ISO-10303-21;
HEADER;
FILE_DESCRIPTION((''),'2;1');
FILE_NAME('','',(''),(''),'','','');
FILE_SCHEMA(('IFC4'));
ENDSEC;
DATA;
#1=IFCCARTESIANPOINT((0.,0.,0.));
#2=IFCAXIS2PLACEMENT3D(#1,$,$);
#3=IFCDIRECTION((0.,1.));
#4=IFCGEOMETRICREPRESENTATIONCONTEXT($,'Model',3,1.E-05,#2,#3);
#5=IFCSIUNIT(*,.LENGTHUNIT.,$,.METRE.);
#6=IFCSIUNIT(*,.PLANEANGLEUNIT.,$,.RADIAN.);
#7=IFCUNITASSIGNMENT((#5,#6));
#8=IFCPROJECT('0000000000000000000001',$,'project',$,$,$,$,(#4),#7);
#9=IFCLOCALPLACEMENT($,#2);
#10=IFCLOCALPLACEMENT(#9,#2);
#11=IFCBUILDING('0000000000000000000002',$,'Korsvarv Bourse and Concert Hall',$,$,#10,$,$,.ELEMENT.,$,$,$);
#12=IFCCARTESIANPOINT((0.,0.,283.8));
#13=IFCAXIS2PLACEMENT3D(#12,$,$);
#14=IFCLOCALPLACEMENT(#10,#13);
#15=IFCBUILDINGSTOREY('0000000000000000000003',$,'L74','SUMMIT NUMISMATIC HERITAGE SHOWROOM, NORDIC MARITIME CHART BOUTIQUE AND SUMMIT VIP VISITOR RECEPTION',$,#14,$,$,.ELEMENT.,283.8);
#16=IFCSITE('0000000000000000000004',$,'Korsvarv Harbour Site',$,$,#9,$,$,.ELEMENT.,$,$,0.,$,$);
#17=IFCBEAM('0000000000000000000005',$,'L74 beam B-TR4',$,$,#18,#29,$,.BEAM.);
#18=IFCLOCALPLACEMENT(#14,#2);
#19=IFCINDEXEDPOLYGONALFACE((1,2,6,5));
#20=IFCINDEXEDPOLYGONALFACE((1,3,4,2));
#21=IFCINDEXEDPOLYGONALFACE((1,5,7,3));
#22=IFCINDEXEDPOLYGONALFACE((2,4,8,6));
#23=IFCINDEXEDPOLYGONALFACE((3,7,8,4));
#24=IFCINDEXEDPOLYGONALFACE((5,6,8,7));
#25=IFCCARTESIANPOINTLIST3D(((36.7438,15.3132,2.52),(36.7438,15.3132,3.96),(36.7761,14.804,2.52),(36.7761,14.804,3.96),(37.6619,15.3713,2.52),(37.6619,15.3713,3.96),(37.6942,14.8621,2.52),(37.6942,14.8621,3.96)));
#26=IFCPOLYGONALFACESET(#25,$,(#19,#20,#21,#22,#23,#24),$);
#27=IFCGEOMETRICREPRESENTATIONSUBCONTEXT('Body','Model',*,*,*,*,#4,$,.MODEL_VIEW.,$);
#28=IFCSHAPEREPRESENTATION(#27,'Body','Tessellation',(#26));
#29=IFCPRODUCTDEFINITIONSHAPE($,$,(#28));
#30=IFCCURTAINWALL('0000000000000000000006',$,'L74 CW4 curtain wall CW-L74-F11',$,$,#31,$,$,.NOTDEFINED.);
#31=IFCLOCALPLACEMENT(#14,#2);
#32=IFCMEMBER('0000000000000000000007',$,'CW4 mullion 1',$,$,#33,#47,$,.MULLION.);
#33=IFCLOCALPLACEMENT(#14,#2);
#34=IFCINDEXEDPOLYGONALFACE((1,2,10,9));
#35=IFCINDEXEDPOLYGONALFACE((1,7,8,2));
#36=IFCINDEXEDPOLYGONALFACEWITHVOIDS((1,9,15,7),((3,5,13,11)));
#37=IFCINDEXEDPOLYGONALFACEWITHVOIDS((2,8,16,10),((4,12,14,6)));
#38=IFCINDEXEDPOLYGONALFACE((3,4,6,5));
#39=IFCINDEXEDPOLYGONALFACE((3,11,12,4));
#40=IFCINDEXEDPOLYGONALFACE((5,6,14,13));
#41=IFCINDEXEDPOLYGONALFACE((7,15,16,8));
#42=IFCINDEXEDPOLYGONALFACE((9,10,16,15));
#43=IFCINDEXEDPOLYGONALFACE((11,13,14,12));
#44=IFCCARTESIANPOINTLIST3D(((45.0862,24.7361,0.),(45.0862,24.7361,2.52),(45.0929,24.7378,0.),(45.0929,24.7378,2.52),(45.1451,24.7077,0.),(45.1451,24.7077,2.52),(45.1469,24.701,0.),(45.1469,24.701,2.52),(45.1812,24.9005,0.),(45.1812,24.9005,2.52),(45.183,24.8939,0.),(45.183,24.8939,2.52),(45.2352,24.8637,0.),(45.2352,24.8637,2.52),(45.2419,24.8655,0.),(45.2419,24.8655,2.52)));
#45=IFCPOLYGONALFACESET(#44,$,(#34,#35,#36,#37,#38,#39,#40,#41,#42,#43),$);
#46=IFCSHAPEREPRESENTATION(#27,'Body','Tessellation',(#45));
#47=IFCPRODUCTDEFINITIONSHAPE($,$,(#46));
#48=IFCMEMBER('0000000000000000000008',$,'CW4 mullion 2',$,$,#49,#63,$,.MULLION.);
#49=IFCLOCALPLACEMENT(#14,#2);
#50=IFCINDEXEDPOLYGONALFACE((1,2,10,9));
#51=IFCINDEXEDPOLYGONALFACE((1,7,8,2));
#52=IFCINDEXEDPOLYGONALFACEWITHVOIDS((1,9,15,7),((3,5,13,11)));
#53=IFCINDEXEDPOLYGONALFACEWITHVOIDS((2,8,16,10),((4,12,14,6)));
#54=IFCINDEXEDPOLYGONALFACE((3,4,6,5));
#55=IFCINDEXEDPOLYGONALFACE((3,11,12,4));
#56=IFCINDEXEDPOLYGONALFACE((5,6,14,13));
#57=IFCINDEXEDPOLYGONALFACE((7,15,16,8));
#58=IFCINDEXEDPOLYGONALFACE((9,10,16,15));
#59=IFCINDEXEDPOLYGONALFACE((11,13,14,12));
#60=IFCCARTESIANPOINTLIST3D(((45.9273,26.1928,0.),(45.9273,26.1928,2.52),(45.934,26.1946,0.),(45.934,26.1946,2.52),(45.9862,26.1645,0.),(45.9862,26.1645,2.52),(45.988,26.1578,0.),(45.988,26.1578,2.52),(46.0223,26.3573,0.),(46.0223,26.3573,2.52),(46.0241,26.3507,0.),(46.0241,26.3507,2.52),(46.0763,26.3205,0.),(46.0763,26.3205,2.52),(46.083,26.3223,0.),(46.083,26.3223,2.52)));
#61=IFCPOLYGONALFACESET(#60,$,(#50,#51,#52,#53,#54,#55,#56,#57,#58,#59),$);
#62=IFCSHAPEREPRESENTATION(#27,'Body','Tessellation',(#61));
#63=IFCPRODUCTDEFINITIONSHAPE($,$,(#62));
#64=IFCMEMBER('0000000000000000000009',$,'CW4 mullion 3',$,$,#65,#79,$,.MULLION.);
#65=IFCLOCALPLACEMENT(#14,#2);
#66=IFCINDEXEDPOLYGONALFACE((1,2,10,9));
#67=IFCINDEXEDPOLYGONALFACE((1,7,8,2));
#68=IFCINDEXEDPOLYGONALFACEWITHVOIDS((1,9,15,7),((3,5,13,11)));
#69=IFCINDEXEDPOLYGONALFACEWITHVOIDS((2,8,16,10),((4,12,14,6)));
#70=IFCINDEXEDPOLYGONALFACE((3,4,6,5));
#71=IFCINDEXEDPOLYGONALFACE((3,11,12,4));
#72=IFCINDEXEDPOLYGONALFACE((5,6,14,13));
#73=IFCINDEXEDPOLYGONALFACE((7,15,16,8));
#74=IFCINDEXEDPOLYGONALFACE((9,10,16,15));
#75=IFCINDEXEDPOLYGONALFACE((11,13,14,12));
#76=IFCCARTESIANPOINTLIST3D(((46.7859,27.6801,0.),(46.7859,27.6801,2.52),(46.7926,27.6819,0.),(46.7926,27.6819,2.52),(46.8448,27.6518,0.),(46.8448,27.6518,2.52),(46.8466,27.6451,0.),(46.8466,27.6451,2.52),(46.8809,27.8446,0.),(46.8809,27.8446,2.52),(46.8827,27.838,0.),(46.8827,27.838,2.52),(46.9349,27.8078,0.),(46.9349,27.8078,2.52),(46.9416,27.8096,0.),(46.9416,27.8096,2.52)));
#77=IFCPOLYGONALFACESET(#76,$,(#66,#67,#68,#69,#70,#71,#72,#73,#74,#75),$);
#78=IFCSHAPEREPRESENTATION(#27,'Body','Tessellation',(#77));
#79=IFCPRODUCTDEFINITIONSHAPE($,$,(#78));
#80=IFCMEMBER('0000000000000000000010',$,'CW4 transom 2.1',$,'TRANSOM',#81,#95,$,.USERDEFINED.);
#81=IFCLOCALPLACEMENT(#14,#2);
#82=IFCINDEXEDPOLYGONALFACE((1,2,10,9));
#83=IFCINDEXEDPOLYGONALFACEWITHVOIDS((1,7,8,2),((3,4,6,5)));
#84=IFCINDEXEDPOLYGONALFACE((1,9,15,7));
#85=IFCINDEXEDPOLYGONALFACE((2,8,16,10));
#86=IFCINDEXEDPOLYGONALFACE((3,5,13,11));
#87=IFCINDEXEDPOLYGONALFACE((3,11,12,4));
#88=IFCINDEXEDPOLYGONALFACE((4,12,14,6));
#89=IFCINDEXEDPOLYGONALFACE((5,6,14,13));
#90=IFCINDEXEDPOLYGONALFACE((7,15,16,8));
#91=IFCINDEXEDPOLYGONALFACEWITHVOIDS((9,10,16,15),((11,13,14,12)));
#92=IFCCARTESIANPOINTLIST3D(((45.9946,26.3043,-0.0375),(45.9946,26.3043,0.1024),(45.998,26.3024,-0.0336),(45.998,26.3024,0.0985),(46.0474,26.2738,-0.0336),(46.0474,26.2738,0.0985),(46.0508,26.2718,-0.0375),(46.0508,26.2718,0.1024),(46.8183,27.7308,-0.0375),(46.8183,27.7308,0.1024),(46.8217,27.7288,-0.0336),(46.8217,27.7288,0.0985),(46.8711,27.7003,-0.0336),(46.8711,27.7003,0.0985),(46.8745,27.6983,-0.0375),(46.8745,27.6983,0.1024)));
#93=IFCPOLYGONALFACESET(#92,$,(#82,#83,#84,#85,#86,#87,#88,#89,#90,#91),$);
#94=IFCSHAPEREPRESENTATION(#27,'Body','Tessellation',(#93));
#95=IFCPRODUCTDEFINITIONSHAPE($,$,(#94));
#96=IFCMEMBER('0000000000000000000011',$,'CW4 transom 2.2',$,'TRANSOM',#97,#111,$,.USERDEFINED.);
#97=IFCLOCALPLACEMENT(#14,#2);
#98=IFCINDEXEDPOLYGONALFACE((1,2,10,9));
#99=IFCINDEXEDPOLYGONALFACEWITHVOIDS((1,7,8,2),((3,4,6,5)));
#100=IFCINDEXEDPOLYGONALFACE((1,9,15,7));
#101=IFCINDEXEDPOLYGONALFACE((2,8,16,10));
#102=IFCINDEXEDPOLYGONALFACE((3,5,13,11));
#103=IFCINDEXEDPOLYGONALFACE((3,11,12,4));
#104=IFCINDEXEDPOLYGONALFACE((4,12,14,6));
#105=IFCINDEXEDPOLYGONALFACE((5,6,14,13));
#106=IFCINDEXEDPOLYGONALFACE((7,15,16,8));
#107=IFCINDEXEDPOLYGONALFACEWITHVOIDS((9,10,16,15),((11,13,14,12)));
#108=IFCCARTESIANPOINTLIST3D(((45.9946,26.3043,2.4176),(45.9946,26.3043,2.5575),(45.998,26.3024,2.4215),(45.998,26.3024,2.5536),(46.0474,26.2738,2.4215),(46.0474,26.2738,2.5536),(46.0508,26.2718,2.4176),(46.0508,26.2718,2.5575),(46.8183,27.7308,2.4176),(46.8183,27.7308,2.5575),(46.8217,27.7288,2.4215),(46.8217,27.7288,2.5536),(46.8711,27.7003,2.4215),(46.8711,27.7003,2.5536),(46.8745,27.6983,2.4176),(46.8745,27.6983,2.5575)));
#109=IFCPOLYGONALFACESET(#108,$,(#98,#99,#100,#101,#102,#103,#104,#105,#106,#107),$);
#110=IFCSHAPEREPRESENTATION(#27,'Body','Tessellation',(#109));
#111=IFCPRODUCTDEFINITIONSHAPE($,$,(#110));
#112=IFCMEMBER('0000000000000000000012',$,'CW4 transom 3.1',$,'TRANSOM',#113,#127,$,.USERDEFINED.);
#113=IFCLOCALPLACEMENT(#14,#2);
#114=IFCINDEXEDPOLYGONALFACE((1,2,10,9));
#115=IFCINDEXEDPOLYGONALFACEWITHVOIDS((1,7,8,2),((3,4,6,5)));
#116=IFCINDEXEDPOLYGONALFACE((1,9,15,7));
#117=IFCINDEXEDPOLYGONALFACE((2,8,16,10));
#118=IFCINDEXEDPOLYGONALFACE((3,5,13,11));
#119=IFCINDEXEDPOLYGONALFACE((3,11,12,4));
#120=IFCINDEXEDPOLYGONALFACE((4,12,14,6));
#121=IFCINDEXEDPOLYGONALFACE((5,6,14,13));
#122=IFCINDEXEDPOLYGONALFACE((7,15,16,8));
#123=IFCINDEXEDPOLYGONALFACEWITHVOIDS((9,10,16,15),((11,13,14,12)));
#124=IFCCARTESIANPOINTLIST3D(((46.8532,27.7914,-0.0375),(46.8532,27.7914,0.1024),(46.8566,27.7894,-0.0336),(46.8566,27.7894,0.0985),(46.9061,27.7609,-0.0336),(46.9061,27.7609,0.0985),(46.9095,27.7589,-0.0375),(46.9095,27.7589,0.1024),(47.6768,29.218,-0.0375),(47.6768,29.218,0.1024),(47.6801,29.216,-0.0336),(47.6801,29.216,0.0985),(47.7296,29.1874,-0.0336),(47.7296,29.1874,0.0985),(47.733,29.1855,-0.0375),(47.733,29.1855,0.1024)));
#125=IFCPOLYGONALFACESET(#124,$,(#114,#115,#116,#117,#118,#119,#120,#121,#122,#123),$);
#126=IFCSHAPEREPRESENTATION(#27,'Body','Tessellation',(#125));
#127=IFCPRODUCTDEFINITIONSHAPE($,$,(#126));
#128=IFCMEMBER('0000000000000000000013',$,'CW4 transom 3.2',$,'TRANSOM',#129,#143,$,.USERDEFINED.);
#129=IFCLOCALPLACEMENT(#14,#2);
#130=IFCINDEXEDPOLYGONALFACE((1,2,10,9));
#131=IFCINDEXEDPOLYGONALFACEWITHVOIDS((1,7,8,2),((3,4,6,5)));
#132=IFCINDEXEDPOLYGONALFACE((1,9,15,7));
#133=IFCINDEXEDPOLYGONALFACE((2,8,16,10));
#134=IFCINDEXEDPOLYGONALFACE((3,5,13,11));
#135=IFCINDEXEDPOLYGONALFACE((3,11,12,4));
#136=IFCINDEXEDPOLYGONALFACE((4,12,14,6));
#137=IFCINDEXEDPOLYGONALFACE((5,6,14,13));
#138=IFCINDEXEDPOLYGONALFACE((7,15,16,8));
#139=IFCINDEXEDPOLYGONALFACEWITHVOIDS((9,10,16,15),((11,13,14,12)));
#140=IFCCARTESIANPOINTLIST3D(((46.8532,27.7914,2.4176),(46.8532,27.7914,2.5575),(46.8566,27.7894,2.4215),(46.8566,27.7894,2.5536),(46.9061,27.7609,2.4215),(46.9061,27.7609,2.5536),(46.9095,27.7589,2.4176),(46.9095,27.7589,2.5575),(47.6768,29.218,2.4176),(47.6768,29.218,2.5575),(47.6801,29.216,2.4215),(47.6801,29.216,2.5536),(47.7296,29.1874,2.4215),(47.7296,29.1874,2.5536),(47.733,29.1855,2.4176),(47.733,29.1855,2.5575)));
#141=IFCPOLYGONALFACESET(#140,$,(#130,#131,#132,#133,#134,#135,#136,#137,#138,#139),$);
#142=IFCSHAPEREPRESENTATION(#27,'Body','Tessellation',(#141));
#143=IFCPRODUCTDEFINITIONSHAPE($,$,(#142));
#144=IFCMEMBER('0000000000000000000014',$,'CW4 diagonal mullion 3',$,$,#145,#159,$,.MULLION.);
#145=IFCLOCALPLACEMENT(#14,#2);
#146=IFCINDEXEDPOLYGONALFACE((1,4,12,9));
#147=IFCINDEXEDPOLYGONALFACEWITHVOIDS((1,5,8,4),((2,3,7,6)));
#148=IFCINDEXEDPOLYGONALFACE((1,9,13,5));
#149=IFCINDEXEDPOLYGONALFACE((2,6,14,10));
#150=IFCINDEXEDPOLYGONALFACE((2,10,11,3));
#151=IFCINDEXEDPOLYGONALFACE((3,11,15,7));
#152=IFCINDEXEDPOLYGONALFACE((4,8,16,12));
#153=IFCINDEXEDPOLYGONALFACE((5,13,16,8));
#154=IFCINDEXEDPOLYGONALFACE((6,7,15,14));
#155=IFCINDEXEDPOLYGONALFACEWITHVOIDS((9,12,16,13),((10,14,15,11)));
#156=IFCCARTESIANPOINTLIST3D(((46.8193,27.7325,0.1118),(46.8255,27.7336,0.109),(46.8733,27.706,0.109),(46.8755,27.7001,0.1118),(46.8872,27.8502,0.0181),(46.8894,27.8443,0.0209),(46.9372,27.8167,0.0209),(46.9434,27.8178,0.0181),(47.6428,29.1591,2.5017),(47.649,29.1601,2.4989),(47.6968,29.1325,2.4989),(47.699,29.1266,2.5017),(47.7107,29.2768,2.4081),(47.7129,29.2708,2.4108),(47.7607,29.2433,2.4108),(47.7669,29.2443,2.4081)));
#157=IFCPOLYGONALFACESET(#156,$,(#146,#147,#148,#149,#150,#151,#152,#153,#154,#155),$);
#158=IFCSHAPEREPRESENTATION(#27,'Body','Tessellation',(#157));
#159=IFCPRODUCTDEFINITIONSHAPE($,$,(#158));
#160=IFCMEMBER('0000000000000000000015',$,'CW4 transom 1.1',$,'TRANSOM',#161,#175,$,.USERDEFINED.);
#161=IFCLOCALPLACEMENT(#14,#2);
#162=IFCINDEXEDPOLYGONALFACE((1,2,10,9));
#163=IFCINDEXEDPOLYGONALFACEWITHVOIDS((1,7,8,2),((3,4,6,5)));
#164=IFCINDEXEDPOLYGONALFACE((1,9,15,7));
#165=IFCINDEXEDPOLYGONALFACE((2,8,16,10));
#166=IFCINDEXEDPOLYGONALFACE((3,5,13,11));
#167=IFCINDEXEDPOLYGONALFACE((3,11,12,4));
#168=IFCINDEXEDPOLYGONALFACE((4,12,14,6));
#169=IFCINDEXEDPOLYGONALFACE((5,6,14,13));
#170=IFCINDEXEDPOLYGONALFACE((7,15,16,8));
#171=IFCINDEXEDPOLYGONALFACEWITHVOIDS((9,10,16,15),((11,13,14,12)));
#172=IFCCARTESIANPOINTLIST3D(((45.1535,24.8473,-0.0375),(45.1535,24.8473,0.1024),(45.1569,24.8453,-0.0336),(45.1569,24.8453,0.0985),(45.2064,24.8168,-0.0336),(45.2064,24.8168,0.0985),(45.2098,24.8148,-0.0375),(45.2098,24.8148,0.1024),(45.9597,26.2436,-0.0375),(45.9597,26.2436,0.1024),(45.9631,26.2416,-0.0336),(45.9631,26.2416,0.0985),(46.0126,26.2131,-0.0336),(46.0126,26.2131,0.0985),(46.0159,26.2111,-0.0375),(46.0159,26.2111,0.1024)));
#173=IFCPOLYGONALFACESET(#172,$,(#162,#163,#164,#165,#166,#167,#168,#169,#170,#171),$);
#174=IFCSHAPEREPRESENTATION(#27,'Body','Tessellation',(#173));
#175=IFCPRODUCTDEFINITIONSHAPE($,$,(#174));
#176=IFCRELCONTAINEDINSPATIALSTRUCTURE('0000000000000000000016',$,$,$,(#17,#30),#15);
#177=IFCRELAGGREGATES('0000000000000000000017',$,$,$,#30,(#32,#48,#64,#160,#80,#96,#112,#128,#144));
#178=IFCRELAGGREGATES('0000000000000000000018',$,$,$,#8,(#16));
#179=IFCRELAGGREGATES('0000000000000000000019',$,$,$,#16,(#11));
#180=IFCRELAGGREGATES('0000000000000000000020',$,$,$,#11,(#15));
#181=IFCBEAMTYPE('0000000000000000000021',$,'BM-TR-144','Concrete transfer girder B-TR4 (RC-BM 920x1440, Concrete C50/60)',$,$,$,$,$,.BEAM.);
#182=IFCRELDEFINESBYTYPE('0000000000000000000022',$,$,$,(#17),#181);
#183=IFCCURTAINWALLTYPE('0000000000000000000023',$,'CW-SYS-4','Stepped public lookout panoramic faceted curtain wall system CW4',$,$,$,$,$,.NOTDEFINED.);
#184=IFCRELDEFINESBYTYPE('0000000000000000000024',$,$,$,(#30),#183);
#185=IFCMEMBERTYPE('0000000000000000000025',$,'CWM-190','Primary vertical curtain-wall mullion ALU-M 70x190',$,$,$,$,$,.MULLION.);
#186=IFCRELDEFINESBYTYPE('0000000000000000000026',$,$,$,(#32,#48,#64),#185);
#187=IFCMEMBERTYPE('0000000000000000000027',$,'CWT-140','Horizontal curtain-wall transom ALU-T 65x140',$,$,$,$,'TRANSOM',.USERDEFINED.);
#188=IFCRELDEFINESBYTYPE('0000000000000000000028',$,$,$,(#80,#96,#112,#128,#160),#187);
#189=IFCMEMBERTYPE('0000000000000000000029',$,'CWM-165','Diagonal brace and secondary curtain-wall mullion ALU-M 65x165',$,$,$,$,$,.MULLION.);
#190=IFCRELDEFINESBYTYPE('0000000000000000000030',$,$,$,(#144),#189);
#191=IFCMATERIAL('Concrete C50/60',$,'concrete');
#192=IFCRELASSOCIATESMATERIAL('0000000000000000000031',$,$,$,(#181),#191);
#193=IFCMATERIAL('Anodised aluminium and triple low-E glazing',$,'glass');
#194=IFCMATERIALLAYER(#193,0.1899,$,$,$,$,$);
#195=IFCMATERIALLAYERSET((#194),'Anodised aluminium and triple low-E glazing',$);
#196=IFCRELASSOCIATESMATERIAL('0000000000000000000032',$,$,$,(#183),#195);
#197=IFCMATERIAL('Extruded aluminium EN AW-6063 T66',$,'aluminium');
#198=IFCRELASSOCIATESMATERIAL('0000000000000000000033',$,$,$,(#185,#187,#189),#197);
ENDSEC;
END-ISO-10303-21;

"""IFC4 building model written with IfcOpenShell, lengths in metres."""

from ifc_helpers import new_model, si_unit, direction, frame, origin, origin_2d, place, context, subcontext, project, spatial, rectangle, hollow_rectangle, extrude, source, transform, mapped, material, layer, layer_set, material_profile, profile_set, type_object, element, aggregate, save


model = new_model("IFC4")

# Units and contexts
model_context = context("Model", 3, precision=1e-05, world=origin(), true_north=direction((0.0, 1.0)))
body_context = subcontext(model_context, "Body", "Model", "MODEL_VIEW")
ifc_project = project(units=[si_unit("LENGTHUNIT", "METRE"), si_unit("PLANEANGLEUNIT", "RADIAN")], contexts=[model_context])

# Site, building, storey
site_placement = place(None, origin())
site = spatial("IfcSite", under=ifc_project, at=site_placement, Name="Korsvarv Harbour Site", CompositionType="ELEMENT", RefElevation=0.0)
building_placement = place(site_placement, origin())
building = spatial("IfcBuilding", under=site, at=building_placement, Name="Korsvarv Bourse and Concert Hall", CompositionType="ELEMENT")
storey_placement = place(building_placement, frame((0.0, 0.0, 283.8)))
storey = spatial("IfcBuildingStorey", under=building, at=storey_placement, Name="L74", Description="SUMMIT NUMISMATIC HERITAGE SHOWROOM, NORDIC MARITIME CHART BOUTIQUE AND SUMMIT VIP VISITOR RECEPTION", CompositionType="ELEMENT", Elevation=283.8)

# Beam
ifc_material_1 = material(Name="Concrete C50/60", Category="concrete")
ifc_material_profile_1 = material_profile(ifc_material_1, rectangle(XDim=0.9199, YDim=1.4399, at=origin_2d()), Name="RC-BM 920x1440")
ifc_profile_set_1 = profile_set([ifc_material_profile_1], Name="Concrete C50/60")
beam_type = type_object("IfcBeamType", Name="BM-TR-144", Description="Concrete transfer girder B-TR4 (RC-BM 920x1440, Concrete C50/60)", PredefinedType="BEAM", material=ifc_profile_set_1)
shared_shape_1 = source(origin(), body_context, "Body", "SweptSolid", [
    extrude(rectangle(XDim=0.9199, YDim=1.4399, at=origin_2d()), origin(), (0.0, 0.0, 1.0), 0.5103),
])
beam_1_placement = place(storey_placement, frame((37.2351, 14.833, 3.24), z_axis=(-0.063153, 0.998004, 0.0), x_axis=(-0.998004, -0.063153, 0.0)))
element("IfcBeam", 1, at=beam_1_placement, inside=storey, type_object=beam_type, Name="L74 beam B-TR4", PredefinedType="BEAM", context=body_context, shape_type="MappedRepresentation", body=[
    mapped(shared_shape_1, transform((0.0, 0.0, 0.0), scale=1.0)),
])

# Curtain wall, members
ifc_material_2 = material(Name="Anodised aluminium and triple low-E glazing", Category="glass")
ifc_layer_1 = layer(ifc_material_2, 0.1899)
ifc_layer_set_1 = layer_set([ifc_layer_1], Name="Anodised aluminium and triple low-E glazing")
curtain_wall_type = type_object("IfcCurtainWallType", Name="CW-SYS-4", Description="Stepped public lookout panoramic faceted curtain wall system CW4", PredefinedType="NOTDEFINED", material=ifc_layer_set_1)
curtain_wall_placement = place(storey_placement, origin())
curtain_wall = element("IfcCurtainWall", 2, at=curtain_wall_placement, inside=storey, type_object=curtain_wall_type, Name="L74 CW4 curtain wall CW-L74-F11", PredefinedType="NOTDEFINED")
ifc_material_3 = material(Name="Extruded aluminium EN AW-6063 T66", Category="aluminium")
ifc_material_profile_2 = material_profile(ifc_material_3, hollow_rectangle(XDim=0.0701, YDim=0.1899, WallThickness=0.0049, at=origin_2d()), Name="ALU-M 70x190")
ifc_profile_set_2 = profile_set([ifc_material_profile_2], Name="Extruded aluminium EN AW-6063 T66")
member_type_1 = type_object("IfcMemberType", Name="CWM-190", Description="Primary vertical curtain-wall mullion ALU-M 70x190", PredefinedType="MULLION", material=ifc_profile_set_2)
shared_shape_2 = source(origin(), body_context, "Body", "SweptSolid", [
    extrude(hollow_rectangle(XDim=0.0701, YDim=0.1899, WallThickness=0.0049, at=origin_2d()), origin(), (0.0, 0.0, 1.0), 2.52),
])
member_1_placement = place(storey_placement, frame((45.1641, 24.8008, 0.0), z_axis=(0.0, 0.0, 1.0), x_axis=(-0.866028, 0.499996, 0.0)))
member_1 = element("IfcMember", 3, at=member_1_placement, type_object=member_type_1, Name="CW4 mullion 1", PredefinedType="MULLION", context=body_context, shape_type="MappedRepresentation", body=[
    mapped(shared_shape_2, transform((0.0, 0.0, 0.0), scale=1.0)),
])
member_2_placement = place(storey_placement, frame((46.0051, 26.2576, 0.0), z_axis=(0.0, 0.0, 1.0), x_axis=(-0.866028, 0.499996, 0.0)))
member_2 = element("IfcMember", 4, at=member_2_placement, type_object=member_type_1, Name="CW4 mullion 2", PredefinedType="MULLION", context=body_context, shape_type="MappedRepresentation", body=[
    mapped(shared_shape_2, transform((0.0, 0.0, 0.0), scale=1.0)),
])
member_3_placement = place(storey_placement, frame((46.8638, 27.7449, 0.0), z_axis=(0.0, 0.0, 1.0), x_axis=(-0.866028, 0.499996, 0.0)))
member_3 = element("IfcMember", 5, at=member_3_placement, type_object=member_type_1, Name="CW4 mullion 3", PredefinedType="MULLION", context=body_context, shape_type="MappedRepresentation", body=[
    mapped(shared_shape_2, transform((0.0, 0.0, 0.0), scale=1.0)),
])
ifc_material_profile_3 = material_profile(ifc_material_3, hollow_rectangle(XDim=0.0649, YDim=0.1399, WallThickness=0.0039, at=origin_2d()), Name="ALU-T 65x140")
ifc_profile_set_3 = profile_set([ifc_material_profile_3], Name="Extruded aluminium EN AW-6063 T66")
member_type_2 = type_object("IfcMemberType", Name="CWT-140", Description="Horizontal curtain-wall transom ALU-T 65x140", ElementType="TRANSOM", PredefinedType="USERDEFINED", material=ifc_profile_set_3)
shared_shape_3 = source(origin(), body_context, "Body", "SweptSolid", [
    extrude(hollow_rectangle(XDim=0.0649, YDim=0.1399, WallThickness=0.0039, at=origin_2d()), origin(), (0.0, 0.0, 1.0), 1.6472),
])
member_4_placement = place(storey_placement, frame((46.0227, 26.2881, 0.0325), z_axis=(0.50006, 0.865991, 0.0), x_axis=(-0.865991, 0.50006, 0.0)))
member_4 = element("IfcMember", 6, at=member_4_placement, type_object=member_type_2, Name="CW4 transom 2.1", ObjectType="TRANSOM", PredefinedType="USERDEFINED", context=body_context, shape_type="MappedRepresentation", body=[
    mapped(shared_shape_3, transform((0.0, 0.0, 0.0), scale=1.0)),
])
member_5_placement = place(storey_placement, frame((46.0227, 26.2881, 2.4875), z_axis=(0.50006, 0.865991, 0.0), x_axis=(-0.865991, 0.50006, 0.0)))
member_5 = element("IfcMember", 7, at=member_5_placement, type_object=member_type_2, Name="CW4 transom 2.2", ObjectType="TRANSOM", PredefinedType="USERDEFINED", context=body_context, shape_type="MappedRepresentation", body=[
    mapped(shared_shape_3, transform((0.0, 0.0, 0.0), scale=1.0)),
])
member_6_placement = place(storey_placement, frame((46.8813, 27.7751, 0.0325), z_axis=(0.499949, 0.866055, 0.0), x_axis=(-0.866055, 0.499949, 0.0)))
member_6 = element("IfcMember", 8, at=member_6_placement, type_object=member_type_2, Name="CW4 transom 3.1", ObjectType="TRANSOM", PredefinedType="USERDEFINED", context=body_context, shape_type="MappedRepresentation", body=[
    mapped(shared_shape_3, transform((0.0, 0.0, 0.0), scale=1.0)),
])
member_7_placement = place(storey_placement, frame((46.8813, 27.7751, 2.4875), z_axis=(0.499949, 0.866055, 0.0), x_axis=(-0.866055, 0.499949, 0.0)))
member_7 = element("IfcMember", 9, at=member_7_placement, type_object=member_type_2, Name="CW4 transom 3.2", ObjectType="TRANSOM", PredefinedType="USERDEFINED", context=body_context, shape_type="MappedRepresentation", body=[
    mapped(shared_shape_3, transform((0.0, 0.0, 0.0), scale=1.0)),
])
ifc_material_profile_4 = material_profile(ifc_material_3, hollow_rectangle(XDim=0.0649, YDim=0.165, WallThickness=0.0049, at=origin_2d()), Name="ALU-M 65x165")
ifc_profile_set_4 = profile_set([ifc_material_profile_4], Name="Extruded aluminium EN AW-6063 T66")
member_type_3 = type_object("IfcMemberType", Name="CWM-165", Description="Diagonal brace and secondary curtain-wall mullion ALU-M 65x165", PredefinedType="MULLION", material=ifc_profile_set_4)
shared_shape_4 = source(origin(), body_context, "Body", "SweptSolid", [
    extrude(hollow_rectangle(XDim=0.0649, YDim=0.165, WallThickness=0.0049, at=origin_2d()), origin(), (0.0, 0.0, 1.0), 2.9026),
])
member_8_placement = place(storey_placement, frame((46.8813, 27.7751, 0.0649), z_axis=(0.283714, 0.491473, 0.823384), x_axis=(-0.866055, 0.499949, 0.0)))
member_8 = element("IfcMember", 10, at=member_8_placement, type_object=member_type_3, Name="CW4 diagonal mullion 3", PredefinedType="MULLION", context=body_context, shape_type="MappedRepresentation", body=[
    mapped(shared_shape_4, transform((0.0, 0.0, 0.0), scale=1.0)),
])
shared_shape_5 = source(origin(), body_context, "Body", "SweptSolid", [
    extrude(hollow_rectangle(XDim=0.0649, YDim=0.1399, WallThickness=0.0039, at=origin_2d()), origin(), (0.0, 0.0, 1.0), 1.6123),
])
member_9_placement = place(storey_placement, frame((45.1816, 24.8311, 0.0325), z_axis=(0.500015, 0.866017, 0.0), x_axis=(-0.866017, 0.500015, 0.0)))
member_9 = element("IfcMember", 11, at=member_9_placement, type_object=member_type_2, Name="CW4 transom 1.1", ObjectType="TRANSOM", PredefinedType="USERDEFINED", context=body_context, shape_type="MappedRepresentation", body=[
    mapped(shared_shape_5, transform((0.0, 0.0, 0.0), scale=1.0)),
])
aggregate(curtain_wall, [member_1, member_2, member_3, member_9, member_4, member_5, member_6, member_7, member_8])

save(model, "model.ifc")
